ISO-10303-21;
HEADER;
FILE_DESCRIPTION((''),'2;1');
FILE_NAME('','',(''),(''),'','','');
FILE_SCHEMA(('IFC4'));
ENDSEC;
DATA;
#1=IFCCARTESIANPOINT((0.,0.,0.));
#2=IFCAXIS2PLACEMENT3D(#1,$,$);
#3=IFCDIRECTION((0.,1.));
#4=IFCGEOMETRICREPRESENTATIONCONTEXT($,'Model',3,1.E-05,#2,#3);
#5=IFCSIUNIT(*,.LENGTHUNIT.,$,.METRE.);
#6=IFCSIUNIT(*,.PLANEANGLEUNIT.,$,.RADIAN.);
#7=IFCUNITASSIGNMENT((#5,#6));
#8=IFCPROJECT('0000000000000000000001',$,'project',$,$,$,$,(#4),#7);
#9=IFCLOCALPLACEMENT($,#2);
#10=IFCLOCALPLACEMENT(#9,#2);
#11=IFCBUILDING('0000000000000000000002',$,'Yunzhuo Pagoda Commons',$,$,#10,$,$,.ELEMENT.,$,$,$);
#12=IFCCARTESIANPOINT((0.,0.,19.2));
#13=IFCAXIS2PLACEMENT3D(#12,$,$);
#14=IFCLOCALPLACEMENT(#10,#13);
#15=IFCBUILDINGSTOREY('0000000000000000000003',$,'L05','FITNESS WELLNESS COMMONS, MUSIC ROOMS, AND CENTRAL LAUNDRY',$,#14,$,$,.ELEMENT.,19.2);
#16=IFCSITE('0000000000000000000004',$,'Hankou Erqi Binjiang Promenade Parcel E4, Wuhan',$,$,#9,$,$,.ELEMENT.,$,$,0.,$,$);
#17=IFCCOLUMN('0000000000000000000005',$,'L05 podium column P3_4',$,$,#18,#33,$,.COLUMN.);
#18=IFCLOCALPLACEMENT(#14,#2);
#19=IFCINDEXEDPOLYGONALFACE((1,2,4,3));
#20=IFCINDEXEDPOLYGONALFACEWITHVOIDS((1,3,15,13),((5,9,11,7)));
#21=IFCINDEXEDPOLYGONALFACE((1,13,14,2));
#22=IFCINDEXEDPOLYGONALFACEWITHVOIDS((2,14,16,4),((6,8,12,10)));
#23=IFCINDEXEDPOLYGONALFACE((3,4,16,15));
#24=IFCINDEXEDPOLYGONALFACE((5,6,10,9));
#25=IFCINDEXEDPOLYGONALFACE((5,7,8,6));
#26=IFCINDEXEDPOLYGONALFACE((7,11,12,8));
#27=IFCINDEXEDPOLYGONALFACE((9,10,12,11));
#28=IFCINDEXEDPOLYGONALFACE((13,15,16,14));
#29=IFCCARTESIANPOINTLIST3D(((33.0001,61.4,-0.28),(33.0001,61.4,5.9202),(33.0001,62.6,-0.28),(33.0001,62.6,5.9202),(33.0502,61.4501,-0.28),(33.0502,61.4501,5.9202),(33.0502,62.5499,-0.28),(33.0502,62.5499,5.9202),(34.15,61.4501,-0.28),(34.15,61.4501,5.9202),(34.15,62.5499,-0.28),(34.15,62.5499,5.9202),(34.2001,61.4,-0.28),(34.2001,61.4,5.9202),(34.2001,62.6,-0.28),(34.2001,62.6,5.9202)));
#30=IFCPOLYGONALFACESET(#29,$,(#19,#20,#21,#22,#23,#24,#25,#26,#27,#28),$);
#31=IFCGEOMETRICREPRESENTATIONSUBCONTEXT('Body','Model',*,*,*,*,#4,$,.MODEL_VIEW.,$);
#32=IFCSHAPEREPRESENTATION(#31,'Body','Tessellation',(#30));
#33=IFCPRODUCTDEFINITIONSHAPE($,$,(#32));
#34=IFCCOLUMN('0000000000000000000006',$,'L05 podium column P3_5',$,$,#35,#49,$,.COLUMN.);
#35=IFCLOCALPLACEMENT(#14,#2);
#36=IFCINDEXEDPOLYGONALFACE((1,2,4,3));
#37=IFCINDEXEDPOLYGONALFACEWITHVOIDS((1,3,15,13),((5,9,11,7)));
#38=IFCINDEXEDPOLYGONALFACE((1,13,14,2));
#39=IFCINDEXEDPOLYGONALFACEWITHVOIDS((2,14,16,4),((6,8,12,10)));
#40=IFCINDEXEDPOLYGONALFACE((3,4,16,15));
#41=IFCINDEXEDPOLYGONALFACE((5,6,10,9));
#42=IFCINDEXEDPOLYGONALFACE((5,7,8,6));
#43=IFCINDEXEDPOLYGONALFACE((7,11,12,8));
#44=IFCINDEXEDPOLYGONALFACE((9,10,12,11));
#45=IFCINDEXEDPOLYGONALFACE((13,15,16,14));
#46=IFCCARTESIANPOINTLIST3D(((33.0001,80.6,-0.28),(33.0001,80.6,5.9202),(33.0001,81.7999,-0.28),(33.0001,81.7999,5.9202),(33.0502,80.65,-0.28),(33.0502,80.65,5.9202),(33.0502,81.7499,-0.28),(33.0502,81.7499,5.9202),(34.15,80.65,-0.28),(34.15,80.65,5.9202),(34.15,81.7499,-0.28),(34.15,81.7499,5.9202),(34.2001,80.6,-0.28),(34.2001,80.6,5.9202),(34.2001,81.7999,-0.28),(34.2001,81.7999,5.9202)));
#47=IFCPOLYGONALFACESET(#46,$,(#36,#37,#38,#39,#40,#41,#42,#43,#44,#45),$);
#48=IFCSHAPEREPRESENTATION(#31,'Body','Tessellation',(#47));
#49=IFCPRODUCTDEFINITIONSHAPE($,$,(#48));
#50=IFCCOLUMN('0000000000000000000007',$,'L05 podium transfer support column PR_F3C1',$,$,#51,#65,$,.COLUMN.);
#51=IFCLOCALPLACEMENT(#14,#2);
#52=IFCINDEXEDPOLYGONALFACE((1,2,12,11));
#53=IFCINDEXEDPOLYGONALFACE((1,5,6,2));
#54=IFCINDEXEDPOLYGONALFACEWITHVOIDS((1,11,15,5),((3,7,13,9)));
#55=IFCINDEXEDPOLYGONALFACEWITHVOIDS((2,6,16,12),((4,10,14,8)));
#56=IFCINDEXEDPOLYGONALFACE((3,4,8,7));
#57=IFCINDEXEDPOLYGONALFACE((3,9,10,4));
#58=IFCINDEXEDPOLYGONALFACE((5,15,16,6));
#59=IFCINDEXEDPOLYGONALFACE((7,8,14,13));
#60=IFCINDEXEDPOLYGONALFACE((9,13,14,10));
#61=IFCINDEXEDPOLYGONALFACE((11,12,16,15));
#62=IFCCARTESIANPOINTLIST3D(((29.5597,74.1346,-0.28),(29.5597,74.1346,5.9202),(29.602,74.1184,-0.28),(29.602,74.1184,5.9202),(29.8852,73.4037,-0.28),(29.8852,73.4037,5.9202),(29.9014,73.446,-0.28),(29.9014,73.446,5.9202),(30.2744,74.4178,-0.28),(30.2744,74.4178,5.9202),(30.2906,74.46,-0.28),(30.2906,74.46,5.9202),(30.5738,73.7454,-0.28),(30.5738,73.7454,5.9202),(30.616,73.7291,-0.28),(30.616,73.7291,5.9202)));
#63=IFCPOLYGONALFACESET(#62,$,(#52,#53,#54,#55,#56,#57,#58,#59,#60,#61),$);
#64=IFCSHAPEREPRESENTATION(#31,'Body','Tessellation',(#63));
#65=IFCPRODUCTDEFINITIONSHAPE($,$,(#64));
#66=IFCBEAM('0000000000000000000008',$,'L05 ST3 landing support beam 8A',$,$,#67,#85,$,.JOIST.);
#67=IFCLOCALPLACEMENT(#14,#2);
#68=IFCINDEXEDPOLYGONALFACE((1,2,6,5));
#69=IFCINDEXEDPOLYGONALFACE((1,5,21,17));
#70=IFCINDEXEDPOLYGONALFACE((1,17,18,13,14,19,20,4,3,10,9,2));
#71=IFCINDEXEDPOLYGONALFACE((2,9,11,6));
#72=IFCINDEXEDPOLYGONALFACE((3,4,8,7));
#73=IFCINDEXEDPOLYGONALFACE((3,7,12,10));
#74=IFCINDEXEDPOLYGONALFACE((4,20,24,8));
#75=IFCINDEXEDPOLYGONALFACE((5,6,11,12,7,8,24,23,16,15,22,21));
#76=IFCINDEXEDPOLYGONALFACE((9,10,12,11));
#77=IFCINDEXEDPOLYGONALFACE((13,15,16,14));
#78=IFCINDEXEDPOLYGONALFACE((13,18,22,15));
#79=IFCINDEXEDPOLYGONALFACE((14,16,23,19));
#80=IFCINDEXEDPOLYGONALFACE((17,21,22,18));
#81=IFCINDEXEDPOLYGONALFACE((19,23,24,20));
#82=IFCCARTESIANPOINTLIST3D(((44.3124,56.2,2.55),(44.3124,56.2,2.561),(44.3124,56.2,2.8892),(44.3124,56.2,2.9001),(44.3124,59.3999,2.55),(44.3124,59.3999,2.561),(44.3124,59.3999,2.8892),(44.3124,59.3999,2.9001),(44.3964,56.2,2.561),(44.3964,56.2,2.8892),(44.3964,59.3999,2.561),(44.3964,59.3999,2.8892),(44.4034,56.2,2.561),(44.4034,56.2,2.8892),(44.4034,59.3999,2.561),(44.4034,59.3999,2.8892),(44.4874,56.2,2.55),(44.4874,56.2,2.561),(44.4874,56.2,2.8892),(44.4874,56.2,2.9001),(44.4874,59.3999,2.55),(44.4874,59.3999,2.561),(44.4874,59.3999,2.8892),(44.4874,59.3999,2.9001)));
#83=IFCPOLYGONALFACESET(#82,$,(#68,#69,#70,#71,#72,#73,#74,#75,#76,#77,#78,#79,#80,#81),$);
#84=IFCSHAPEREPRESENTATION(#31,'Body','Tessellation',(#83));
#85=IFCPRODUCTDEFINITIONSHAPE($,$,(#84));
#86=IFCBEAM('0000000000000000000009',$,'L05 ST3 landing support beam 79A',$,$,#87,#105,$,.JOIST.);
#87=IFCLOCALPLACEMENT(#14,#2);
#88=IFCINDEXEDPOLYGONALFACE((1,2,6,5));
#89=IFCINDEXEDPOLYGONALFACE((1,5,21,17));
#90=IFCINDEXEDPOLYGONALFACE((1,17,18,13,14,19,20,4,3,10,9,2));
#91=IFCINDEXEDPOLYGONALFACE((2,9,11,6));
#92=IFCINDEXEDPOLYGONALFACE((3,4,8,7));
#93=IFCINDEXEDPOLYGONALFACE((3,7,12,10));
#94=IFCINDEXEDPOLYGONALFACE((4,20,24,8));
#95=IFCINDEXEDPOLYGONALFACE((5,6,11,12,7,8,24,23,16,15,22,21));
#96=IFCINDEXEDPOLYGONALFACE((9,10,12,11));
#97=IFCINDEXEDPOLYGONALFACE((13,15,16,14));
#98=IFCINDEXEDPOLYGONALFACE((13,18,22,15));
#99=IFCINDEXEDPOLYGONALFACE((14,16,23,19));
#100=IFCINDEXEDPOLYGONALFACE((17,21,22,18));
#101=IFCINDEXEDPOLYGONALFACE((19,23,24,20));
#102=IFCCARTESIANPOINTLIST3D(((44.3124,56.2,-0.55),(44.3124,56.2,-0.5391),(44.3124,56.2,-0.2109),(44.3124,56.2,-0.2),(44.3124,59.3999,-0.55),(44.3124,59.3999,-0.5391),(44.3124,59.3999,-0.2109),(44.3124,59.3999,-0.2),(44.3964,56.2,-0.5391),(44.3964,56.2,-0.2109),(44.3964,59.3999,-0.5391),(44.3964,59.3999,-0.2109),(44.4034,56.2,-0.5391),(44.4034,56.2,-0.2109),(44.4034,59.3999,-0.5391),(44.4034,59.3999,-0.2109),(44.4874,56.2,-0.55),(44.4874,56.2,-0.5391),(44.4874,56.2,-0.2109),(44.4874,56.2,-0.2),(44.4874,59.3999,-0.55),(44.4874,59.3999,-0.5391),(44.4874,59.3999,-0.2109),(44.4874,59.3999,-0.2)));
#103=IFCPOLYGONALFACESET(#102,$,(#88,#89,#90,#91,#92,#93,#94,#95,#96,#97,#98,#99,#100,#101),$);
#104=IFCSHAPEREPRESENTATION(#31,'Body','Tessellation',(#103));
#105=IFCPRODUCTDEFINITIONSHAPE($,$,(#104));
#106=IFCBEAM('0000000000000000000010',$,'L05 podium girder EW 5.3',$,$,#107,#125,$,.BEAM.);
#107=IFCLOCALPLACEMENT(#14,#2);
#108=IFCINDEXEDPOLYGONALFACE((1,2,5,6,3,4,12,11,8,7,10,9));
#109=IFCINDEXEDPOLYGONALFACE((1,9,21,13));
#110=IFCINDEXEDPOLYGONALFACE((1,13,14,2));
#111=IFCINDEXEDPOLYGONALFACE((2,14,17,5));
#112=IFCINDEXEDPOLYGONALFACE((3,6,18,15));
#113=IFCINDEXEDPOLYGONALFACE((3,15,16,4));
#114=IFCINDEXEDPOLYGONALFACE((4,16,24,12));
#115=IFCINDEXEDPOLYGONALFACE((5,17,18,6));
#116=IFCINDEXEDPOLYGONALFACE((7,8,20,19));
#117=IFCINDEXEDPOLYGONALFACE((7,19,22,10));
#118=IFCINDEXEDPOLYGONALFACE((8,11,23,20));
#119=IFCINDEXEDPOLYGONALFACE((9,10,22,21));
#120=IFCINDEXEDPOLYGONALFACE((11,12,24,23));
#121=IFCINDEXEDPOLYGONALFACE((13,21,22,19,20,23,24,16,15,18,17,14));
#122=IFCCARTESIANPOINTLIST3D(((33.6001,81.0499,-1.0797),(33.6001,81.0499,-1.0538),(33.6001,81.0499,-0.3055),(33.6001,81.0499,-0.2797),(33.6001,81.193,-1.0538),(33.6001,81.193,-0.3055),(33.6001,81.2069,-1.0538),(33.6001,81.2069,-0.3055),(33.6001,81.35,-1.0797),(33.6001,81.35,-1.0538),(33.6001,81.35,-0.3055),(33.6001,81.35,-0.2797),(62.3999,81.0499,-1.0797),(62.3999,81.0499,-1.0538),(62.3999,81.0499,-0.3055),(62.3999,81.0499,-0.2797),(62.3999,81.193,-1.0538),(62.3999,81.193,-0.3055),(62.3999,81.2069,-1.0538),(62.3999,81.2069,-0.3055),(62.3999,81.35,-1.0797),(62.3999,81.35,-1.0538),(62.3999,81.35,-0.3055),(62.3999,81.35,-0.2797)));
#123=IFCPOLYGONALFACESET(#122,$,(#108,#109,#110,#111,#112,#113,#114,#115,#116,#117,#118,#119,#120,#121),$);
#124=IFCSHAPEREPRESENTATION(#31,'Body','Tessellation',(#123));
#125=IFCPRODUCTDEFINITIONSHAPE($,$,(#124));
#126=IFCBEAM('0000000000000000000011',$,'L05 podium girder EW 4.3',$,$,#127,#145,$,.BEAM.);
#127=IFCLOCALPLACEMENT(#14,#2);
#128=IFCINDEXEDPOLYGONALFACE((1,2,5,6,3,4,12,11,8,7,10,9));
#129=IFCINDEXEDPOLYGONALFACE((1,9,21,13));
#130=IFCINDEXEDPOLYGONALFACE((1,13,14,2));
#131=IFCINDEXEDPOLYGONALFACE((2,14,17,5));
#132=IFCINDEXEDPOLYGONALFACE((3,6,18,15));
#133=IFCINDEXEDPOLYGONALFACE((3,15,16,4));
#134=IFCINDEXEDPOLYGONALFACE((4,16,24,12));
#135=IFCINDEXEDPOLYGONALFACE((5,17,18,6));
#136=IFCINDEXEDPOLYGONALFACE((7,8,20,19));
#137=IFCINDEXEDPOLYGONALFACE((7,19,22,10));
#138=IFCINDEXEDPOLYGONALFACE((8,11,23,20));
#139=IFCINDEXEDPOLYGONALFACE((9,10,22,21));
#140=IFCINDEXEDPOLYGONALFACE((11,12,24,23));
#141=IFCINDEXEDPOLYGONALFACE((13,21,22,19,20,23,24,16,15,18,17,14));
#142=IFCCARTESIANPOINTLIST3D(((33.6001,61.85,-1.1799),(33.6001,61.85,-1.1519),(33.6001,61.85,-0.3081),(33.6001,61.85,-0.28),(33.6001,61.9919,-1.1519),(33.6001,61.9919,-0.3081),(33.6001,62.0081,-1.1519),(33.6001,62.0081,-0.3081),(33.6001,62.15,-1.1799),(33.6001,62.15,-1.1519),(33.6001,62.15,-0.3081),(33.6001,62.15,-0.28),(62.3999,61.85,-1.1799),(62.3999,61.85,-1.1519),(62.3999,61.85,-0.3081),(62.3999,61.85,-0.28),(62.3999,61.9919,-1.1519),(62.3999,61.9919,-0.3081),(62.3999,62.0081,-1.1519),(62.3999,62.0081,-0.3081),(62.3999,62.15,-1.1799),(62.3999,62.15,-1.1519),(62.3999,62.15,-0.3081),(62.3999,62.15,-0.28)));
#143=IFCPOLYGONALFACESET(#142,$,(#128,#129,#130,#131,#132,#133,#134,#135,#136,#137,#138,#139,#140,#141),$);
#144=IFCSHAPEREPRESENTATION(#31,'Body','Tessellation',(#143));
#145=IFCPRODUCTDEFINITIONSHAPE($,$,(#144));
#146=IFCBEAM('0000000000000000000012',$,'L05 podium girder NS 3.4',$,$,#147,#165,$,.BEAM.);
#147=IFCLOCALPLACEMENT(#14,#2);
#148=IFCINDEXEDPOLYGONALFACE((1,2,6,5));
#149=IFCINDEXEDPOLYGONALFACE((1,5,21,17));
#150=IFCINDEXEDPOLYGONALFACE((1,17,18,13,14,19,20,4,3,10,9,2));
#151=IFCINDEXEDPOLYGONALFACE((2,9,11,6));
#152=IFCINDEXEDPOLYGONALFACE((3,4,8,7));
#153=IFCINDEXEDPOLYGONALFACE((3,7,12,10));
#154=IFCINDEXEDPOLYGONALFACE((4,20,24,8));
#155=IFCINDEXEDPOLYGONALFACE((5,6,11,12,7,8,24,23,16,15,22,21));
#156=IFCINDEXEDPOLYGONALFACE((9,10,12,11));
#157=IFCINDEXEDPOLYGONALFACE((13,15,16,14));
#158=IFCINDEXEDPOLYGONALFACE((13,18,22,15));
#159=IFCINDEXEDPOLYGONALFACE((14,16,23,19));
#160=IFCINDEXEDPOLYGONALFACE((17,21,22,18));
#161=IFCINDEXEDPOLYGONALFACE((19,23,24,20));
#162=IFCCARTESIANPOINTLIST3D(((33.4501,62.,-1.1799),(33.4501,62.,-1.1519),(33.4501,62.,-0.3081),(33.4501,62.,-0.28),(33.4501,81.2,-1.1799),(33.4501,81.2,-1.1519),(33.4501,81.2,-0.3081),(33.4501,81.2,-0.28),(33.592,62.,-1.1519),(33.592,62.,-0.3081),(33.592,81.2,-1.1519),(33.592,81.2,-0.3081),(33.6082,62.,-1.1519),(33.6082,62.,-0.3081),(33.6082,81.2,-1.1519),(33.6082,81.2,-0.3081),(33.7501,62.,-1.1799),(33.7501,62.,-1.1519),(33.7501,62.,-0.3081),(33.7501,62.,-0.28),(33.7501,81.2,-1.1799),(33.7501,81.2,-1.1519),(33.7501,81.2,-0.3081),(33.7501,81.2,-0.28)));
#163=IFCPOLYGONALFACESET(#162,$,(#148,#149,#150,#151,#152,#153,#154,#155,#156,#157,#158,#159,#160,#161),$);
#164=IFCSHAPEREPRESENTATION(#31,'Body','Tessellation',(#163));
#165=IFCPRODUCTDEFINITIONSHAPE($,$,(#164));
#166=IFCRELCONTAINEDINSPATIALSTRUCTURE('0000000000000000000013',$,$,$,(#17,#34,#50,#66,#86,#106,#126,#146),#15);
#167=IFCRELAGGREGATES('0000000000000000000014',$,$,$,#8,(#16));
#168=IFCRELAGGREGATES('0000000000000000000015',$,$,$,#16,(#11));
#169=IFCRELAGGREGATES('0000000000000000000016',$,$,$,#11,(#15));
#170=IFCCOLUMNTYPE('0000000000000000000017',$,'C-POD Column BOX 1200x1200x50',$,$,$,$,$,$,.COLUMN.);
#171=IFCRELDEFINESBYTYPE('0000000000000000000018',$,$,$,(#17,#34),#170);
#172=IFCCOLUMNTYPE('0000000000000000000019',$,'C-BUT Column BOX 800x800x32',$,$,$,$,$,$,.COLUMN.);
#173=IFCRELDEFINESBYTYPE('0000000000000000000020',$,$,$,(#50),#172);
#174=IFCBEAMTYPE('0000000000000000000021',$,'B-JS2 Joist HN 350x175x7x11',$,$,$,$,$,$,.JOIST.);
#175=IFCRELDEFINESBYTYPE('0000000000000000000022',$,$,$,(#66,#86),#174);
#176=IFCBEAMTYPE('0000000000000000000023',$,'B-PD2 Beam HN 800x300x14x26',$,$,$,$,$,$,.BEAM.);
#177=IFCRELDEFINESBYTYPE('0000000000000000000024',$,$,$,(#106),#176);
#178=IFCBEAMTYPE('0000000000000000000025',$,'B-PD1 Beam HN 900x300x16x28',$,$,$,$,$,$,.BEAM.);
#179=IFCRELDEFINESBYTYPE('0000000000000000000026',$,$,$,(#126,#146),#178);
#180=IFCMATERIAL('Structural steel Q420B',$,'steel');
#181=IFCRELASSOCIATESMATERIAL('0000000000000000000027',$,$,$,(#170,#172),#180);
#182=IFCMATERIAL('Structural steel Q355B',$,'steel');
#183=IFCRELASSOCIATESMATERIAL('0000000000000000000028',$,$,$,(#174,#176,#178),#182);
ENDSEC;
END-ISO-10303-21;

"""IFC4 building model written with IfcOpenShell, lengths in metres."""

from ifc_helpers import new_model, si_unit, direction, frame, origin, origin_2d, place, context, subcontext, project, spatial, hollow_rectangle, i_section, extrude, source, transform, mapped, material, material_profile, profile_set, type_object, element, save


model = new_model("IFC4")

# Units and contexts
model_context = context("Model", 3, precision=1e-05, world=origin(), true_north=direction((0.0, 1.0)))
body_context = subcontext(model_context, "Body", "Model", "MODEL_VIEW")
ifc_project = project(units=[si_unit("LENGTHUNIT", "METRE"), si_unit("PLANEANGLEUNIT", "RADIAN")], contexts=[model_context])

# Site, building, storey
site_placement = place(None, origin())
site = spatial("IfcSite", under=ifc_project, at=site_placement, Name="Hankou Erqi Binjiang Promenade Parcel E4, Wuhan", CompositionType="ELEMENT", RefElevation=0.0)
building_placement = place(site_placement, origin())
building = spatial("IfcBuilding", under=site, at=building_placement, Name="Yunzhuo Pagoda Commons", CompositionType="ELEMENT")
storey_placement = place(building_placement, frame((0.0, 0.0, 19.2)))
storey = spatial("IfcBuildingStorey", under=building, at=storey_placement, Name="L05", Description="FITNESS WELLNESS COMMONS, MUSIC ROOMS, AND CENTRAL LAUNDRY", CompositionType="ELEMENT", Elevation=19.2)

# Columns
ifc_material_1 = material(Name="Structural steel Q420B", Category="steel")
ifc_material_profile_1 = material_profile(ifc_material_1, hollow_rectangle(XDim=1.2, YDim=1.2, WallThickness=0.05, at=origin_2d()), Name="Structural steel Q420B")
ifc_profile_set_1 = profile_set([ifc_material_profile_1], Name="Structural steel Q420B")
column_type_1 = type_object("IfcColumnType", Name="C-POD Column BOX 1200x1200x50", PredefinedType="COLUMN", material=ifc_profile_set_1)
shared_shape_1 = source(origin(), body_context, "Body", "SweptSolid", [
    extrude(hollow_rectangle(XDim=1.2, YDim=1.2, WallThickness=0.05, at=origin_2d()), origin(), (0.0, 0.0, 1.0), 6.2002),
])
for number, where, z_axis, x_axis, name in (
    (1, (33.6001, 62.0, -0.28), (0.0, 0.0, 1.0), (1.0, 0.0, 0.0), "L05 podium column P3_4"),
    (2, (33.6001, 81.2, -0.28), (0.0, 0.0, 1.0), (1.0, 0.0, 0.0), "L05 podium column P3_5"),
):
    element("IfcColumn", number, at=place(storey_placement, frame(where, z_axis=z_axis, x_axis=x_axis)), inside=storey, type_object=column_type_1, Name=name, PredefinedType="COLUMN", context=body_context, shape_type="MappedRepresentation", body=[
        mapped(shared_shape_1, transform((0.0, 0.0, 0.0), scale=1.0)),
    ])
ifc_material_profile_2 = material_profile(ifc_material_1, hollow_rectangle(XDim=0.8, YDim=0.8, WallThickness=0.032, at=origin_2d()), Name="Structural steel Q420B")
ifc_profile_set_2 = profile_set([ifc_material_profile_2], Name="Structural steel Q420B")
column_type_2 = type_object("IfcColumnType", Name="C-BUT Column BOX 800x800x32", PredefinedType="COLUMN", material=ifc_profile_set_2)
shared_shape_2 = source(origin(), body_context, "Body", "SweptSolid", [
    extrude(hollow_rectangle(XDim=0.8, YDim=0.8, WallThickness=0.032, at=origin_2d()), origin(), (0.0, 0.0, 1.0), 6.2002),
])
column_placement = place(storey_placement, frame((30.0879, 73.9319, -0.28), z_axis=(0.0, 0.0, 1.0), x_axis=(-0.913545, -0.406737, 0.0)))
element("IfcColumn", 3, at=column_placement, inside=storey, type_object=column_type_2, Name="L05 podium transfer support column PR_F3C1", PredefinedType="COLUMN", context=body_context, shape_type="MappedRepresentation", body=[
    mapped(shared_shape_2, transform((0.0, 0.0, 0.0), scale=1.0)),
])

# Beams
ifc_material_2 = material(Name="Structural steel Q355B", Category="steel")
ifc_material_profile_3 = material_profile(ifc_material_2, i_section(OverallWidth=0.175, OverallDepth=0.3501, WebThickness=0.0071, FlangeThickness=0.011, at=origin_2d()), Name="Structural steel Q355B")
ifc_profile_set_3 = profile_set([ifc_material_profile_3], Name="Structural steel Q355B")
beam_type_1 = type_object("IfcBeamType", Name="B-JS2 Joist HN 350x175x7x11", PredefinedType="JOIST", material=ifc_profile_set_3)
shared_shape_3 = source(origin(), body_context, "Body", "SweptSolid", [
    extrude(i_section(OverallWidth=0.175, OverallDepth=0.3501, WebThickness=0.0071, FlangeThickness=0.011, at=origin_2d()), origin(), (0.0, 0.0, 1.0), 3.2),
])
for number, where, z_axis, x_axis, name in (
    (4, (44.3999, 56.2, 2.7251), (0.0, 1.0, 0.0), (-1.0, 0.0, 0.0), "L05 ST3 landing support beam 8A"),
    (5, (44.3999, 56.2, -0.375), (0.0, 1.0, 0.0), (-1.0, 0.0, 0.0), "L05 ST3 landing support beam 79A"),
):
    element("IfcBeam", number, at=place(storey_placement, frame(where, z_axis=z_axis, x_axis=x_axis)), inside=storey, type_object=beam_type_1, Name=name, PredefinedType="JOIST", context=body_context, shape_type="MappedRepresentation", body=[
        mapped(shared_shape_3, transform((0.0, 0.0, 0.0), scale=1.0)),
    ])
ifc_material_profile_4 = material_profile(ifc_material_2, i_section(OverallWidth=0.3, OverallDepth=0.8, WebThickness=0.0139, FlangeThickness=0.0259, at=origin_2d()), Name="Structural steel Q355B")
ifc_profile_set_4 = profile_set([ifc_material_profile_4], Name="Structural steel Q355B")
beam_type_2 = type_object("IfcBeamType", Name="B-PD2 Beam HN 800x300x14x26", PredefinedType="BEAM", material=ifc_profile_set_4)
shared_shape_4 = source(origin(), body_context, "Body", "SweptSolid", [
    extrude(i_section(OverallWidth=0.3, OverallDepth=0.8, WebThickness=0.0139, FlangeThickness=0.0259, at=origin_2d()), origin(), (0.0, 0.0, 1.0), 28.7998),
])
beam_1_placement = place(storey_placement, frame((33.6001, 81.2, -0.6797), z_axis=(1.0, 0.0, 0.0), x_axis=(0.0, 1.0, 0.0)))
element("IfcBeam", 6, at=beam_1_placement, inside=storey, type_object=beam_type_2, Name="L05 podium girder EW 5.3", PredefinedType="BEAM", context=body_context, shape_type="MappedRepresentation", body=[
    mapped(shared_shape_4, transform((0.0, 0.0, 0.0), scale=1.0)),
])
ifc_material_profile_5 = material_profile(ifc_material_2, i_section(OverallWidth=0.3, OverallDepth=0.8999, WebThickness=0.0161, FlangeThickness=0.0281, at=origin_2d()), Name="Structural steel Q355B")
ifc_profile_set_5 = profile_set([ifc_material_profile_5], Name="Structural steel Q355B")
beam_type_3 = type_object("IfcBeamType", Name="B-PD1 Beam HN 900x300x16x28", PredefinedType="BEAM", material=ifc_profile_set_5)
shared_shape_5 = source(origin(), body_context, "Body", "SweptSolid", [
    extrude(i_section(OverallWidth=0.3, OverallDepth=0.8999, WebThickness=0.0161, FlangeThickness=0.0281, at=origin_2d()), origin(), (0.0, 0.0, 1.0), 28.7998),
])
beam_2_placement = place(storey_placement, frame((33.6001, 62.0, -0.73), z_axis=(1.0, 0.0, 0.0), x_axis=(0.0, 1.0, 0.0)))
element("IfcBeam", 7, at=beam_2_placement, inside=storey, type_object=beam_type_3, Name="L05 podium girder EW 4.3", PredefinedType="BEAM", context=body_context, shape_type="MappedRepresentation", body=[
    mapped(shared_shape_5, transform((0.0, 0.0, 0.0), scale=1.0)),
])
shared_shape_6 = source(origin(), body_context, "Body", "SweptSolid", [
    extrude(i_section(OverallWidth=0.3, OverallDepth=0.8999, WebThickness=0.0161, FlangeThickness=0.0281, at=origin_2d()), origin(), (0.0, 0.0, 1.0), 19.2),
])
beam_3_placement = place(storey_placement, frame((33.6001, 62.0, -0.73), z_axis=(0.0, 1.0, 0.0), x_axis=(-1.0, 0.0, 0.0)))
element("IfcBeam", 8, at=beam_3_placement, inside=storey, type_object=beam_type_3, Name="L05 podium girder NS 3.4", PredefinedType="BEAM", context=body_context, shape_type="MappedRepresentation", body=[
    mapped(shared_shape_6, transform((0.0, 0.0, 0.0), scale=1.0)),
])

save(model, "model.ifc")
